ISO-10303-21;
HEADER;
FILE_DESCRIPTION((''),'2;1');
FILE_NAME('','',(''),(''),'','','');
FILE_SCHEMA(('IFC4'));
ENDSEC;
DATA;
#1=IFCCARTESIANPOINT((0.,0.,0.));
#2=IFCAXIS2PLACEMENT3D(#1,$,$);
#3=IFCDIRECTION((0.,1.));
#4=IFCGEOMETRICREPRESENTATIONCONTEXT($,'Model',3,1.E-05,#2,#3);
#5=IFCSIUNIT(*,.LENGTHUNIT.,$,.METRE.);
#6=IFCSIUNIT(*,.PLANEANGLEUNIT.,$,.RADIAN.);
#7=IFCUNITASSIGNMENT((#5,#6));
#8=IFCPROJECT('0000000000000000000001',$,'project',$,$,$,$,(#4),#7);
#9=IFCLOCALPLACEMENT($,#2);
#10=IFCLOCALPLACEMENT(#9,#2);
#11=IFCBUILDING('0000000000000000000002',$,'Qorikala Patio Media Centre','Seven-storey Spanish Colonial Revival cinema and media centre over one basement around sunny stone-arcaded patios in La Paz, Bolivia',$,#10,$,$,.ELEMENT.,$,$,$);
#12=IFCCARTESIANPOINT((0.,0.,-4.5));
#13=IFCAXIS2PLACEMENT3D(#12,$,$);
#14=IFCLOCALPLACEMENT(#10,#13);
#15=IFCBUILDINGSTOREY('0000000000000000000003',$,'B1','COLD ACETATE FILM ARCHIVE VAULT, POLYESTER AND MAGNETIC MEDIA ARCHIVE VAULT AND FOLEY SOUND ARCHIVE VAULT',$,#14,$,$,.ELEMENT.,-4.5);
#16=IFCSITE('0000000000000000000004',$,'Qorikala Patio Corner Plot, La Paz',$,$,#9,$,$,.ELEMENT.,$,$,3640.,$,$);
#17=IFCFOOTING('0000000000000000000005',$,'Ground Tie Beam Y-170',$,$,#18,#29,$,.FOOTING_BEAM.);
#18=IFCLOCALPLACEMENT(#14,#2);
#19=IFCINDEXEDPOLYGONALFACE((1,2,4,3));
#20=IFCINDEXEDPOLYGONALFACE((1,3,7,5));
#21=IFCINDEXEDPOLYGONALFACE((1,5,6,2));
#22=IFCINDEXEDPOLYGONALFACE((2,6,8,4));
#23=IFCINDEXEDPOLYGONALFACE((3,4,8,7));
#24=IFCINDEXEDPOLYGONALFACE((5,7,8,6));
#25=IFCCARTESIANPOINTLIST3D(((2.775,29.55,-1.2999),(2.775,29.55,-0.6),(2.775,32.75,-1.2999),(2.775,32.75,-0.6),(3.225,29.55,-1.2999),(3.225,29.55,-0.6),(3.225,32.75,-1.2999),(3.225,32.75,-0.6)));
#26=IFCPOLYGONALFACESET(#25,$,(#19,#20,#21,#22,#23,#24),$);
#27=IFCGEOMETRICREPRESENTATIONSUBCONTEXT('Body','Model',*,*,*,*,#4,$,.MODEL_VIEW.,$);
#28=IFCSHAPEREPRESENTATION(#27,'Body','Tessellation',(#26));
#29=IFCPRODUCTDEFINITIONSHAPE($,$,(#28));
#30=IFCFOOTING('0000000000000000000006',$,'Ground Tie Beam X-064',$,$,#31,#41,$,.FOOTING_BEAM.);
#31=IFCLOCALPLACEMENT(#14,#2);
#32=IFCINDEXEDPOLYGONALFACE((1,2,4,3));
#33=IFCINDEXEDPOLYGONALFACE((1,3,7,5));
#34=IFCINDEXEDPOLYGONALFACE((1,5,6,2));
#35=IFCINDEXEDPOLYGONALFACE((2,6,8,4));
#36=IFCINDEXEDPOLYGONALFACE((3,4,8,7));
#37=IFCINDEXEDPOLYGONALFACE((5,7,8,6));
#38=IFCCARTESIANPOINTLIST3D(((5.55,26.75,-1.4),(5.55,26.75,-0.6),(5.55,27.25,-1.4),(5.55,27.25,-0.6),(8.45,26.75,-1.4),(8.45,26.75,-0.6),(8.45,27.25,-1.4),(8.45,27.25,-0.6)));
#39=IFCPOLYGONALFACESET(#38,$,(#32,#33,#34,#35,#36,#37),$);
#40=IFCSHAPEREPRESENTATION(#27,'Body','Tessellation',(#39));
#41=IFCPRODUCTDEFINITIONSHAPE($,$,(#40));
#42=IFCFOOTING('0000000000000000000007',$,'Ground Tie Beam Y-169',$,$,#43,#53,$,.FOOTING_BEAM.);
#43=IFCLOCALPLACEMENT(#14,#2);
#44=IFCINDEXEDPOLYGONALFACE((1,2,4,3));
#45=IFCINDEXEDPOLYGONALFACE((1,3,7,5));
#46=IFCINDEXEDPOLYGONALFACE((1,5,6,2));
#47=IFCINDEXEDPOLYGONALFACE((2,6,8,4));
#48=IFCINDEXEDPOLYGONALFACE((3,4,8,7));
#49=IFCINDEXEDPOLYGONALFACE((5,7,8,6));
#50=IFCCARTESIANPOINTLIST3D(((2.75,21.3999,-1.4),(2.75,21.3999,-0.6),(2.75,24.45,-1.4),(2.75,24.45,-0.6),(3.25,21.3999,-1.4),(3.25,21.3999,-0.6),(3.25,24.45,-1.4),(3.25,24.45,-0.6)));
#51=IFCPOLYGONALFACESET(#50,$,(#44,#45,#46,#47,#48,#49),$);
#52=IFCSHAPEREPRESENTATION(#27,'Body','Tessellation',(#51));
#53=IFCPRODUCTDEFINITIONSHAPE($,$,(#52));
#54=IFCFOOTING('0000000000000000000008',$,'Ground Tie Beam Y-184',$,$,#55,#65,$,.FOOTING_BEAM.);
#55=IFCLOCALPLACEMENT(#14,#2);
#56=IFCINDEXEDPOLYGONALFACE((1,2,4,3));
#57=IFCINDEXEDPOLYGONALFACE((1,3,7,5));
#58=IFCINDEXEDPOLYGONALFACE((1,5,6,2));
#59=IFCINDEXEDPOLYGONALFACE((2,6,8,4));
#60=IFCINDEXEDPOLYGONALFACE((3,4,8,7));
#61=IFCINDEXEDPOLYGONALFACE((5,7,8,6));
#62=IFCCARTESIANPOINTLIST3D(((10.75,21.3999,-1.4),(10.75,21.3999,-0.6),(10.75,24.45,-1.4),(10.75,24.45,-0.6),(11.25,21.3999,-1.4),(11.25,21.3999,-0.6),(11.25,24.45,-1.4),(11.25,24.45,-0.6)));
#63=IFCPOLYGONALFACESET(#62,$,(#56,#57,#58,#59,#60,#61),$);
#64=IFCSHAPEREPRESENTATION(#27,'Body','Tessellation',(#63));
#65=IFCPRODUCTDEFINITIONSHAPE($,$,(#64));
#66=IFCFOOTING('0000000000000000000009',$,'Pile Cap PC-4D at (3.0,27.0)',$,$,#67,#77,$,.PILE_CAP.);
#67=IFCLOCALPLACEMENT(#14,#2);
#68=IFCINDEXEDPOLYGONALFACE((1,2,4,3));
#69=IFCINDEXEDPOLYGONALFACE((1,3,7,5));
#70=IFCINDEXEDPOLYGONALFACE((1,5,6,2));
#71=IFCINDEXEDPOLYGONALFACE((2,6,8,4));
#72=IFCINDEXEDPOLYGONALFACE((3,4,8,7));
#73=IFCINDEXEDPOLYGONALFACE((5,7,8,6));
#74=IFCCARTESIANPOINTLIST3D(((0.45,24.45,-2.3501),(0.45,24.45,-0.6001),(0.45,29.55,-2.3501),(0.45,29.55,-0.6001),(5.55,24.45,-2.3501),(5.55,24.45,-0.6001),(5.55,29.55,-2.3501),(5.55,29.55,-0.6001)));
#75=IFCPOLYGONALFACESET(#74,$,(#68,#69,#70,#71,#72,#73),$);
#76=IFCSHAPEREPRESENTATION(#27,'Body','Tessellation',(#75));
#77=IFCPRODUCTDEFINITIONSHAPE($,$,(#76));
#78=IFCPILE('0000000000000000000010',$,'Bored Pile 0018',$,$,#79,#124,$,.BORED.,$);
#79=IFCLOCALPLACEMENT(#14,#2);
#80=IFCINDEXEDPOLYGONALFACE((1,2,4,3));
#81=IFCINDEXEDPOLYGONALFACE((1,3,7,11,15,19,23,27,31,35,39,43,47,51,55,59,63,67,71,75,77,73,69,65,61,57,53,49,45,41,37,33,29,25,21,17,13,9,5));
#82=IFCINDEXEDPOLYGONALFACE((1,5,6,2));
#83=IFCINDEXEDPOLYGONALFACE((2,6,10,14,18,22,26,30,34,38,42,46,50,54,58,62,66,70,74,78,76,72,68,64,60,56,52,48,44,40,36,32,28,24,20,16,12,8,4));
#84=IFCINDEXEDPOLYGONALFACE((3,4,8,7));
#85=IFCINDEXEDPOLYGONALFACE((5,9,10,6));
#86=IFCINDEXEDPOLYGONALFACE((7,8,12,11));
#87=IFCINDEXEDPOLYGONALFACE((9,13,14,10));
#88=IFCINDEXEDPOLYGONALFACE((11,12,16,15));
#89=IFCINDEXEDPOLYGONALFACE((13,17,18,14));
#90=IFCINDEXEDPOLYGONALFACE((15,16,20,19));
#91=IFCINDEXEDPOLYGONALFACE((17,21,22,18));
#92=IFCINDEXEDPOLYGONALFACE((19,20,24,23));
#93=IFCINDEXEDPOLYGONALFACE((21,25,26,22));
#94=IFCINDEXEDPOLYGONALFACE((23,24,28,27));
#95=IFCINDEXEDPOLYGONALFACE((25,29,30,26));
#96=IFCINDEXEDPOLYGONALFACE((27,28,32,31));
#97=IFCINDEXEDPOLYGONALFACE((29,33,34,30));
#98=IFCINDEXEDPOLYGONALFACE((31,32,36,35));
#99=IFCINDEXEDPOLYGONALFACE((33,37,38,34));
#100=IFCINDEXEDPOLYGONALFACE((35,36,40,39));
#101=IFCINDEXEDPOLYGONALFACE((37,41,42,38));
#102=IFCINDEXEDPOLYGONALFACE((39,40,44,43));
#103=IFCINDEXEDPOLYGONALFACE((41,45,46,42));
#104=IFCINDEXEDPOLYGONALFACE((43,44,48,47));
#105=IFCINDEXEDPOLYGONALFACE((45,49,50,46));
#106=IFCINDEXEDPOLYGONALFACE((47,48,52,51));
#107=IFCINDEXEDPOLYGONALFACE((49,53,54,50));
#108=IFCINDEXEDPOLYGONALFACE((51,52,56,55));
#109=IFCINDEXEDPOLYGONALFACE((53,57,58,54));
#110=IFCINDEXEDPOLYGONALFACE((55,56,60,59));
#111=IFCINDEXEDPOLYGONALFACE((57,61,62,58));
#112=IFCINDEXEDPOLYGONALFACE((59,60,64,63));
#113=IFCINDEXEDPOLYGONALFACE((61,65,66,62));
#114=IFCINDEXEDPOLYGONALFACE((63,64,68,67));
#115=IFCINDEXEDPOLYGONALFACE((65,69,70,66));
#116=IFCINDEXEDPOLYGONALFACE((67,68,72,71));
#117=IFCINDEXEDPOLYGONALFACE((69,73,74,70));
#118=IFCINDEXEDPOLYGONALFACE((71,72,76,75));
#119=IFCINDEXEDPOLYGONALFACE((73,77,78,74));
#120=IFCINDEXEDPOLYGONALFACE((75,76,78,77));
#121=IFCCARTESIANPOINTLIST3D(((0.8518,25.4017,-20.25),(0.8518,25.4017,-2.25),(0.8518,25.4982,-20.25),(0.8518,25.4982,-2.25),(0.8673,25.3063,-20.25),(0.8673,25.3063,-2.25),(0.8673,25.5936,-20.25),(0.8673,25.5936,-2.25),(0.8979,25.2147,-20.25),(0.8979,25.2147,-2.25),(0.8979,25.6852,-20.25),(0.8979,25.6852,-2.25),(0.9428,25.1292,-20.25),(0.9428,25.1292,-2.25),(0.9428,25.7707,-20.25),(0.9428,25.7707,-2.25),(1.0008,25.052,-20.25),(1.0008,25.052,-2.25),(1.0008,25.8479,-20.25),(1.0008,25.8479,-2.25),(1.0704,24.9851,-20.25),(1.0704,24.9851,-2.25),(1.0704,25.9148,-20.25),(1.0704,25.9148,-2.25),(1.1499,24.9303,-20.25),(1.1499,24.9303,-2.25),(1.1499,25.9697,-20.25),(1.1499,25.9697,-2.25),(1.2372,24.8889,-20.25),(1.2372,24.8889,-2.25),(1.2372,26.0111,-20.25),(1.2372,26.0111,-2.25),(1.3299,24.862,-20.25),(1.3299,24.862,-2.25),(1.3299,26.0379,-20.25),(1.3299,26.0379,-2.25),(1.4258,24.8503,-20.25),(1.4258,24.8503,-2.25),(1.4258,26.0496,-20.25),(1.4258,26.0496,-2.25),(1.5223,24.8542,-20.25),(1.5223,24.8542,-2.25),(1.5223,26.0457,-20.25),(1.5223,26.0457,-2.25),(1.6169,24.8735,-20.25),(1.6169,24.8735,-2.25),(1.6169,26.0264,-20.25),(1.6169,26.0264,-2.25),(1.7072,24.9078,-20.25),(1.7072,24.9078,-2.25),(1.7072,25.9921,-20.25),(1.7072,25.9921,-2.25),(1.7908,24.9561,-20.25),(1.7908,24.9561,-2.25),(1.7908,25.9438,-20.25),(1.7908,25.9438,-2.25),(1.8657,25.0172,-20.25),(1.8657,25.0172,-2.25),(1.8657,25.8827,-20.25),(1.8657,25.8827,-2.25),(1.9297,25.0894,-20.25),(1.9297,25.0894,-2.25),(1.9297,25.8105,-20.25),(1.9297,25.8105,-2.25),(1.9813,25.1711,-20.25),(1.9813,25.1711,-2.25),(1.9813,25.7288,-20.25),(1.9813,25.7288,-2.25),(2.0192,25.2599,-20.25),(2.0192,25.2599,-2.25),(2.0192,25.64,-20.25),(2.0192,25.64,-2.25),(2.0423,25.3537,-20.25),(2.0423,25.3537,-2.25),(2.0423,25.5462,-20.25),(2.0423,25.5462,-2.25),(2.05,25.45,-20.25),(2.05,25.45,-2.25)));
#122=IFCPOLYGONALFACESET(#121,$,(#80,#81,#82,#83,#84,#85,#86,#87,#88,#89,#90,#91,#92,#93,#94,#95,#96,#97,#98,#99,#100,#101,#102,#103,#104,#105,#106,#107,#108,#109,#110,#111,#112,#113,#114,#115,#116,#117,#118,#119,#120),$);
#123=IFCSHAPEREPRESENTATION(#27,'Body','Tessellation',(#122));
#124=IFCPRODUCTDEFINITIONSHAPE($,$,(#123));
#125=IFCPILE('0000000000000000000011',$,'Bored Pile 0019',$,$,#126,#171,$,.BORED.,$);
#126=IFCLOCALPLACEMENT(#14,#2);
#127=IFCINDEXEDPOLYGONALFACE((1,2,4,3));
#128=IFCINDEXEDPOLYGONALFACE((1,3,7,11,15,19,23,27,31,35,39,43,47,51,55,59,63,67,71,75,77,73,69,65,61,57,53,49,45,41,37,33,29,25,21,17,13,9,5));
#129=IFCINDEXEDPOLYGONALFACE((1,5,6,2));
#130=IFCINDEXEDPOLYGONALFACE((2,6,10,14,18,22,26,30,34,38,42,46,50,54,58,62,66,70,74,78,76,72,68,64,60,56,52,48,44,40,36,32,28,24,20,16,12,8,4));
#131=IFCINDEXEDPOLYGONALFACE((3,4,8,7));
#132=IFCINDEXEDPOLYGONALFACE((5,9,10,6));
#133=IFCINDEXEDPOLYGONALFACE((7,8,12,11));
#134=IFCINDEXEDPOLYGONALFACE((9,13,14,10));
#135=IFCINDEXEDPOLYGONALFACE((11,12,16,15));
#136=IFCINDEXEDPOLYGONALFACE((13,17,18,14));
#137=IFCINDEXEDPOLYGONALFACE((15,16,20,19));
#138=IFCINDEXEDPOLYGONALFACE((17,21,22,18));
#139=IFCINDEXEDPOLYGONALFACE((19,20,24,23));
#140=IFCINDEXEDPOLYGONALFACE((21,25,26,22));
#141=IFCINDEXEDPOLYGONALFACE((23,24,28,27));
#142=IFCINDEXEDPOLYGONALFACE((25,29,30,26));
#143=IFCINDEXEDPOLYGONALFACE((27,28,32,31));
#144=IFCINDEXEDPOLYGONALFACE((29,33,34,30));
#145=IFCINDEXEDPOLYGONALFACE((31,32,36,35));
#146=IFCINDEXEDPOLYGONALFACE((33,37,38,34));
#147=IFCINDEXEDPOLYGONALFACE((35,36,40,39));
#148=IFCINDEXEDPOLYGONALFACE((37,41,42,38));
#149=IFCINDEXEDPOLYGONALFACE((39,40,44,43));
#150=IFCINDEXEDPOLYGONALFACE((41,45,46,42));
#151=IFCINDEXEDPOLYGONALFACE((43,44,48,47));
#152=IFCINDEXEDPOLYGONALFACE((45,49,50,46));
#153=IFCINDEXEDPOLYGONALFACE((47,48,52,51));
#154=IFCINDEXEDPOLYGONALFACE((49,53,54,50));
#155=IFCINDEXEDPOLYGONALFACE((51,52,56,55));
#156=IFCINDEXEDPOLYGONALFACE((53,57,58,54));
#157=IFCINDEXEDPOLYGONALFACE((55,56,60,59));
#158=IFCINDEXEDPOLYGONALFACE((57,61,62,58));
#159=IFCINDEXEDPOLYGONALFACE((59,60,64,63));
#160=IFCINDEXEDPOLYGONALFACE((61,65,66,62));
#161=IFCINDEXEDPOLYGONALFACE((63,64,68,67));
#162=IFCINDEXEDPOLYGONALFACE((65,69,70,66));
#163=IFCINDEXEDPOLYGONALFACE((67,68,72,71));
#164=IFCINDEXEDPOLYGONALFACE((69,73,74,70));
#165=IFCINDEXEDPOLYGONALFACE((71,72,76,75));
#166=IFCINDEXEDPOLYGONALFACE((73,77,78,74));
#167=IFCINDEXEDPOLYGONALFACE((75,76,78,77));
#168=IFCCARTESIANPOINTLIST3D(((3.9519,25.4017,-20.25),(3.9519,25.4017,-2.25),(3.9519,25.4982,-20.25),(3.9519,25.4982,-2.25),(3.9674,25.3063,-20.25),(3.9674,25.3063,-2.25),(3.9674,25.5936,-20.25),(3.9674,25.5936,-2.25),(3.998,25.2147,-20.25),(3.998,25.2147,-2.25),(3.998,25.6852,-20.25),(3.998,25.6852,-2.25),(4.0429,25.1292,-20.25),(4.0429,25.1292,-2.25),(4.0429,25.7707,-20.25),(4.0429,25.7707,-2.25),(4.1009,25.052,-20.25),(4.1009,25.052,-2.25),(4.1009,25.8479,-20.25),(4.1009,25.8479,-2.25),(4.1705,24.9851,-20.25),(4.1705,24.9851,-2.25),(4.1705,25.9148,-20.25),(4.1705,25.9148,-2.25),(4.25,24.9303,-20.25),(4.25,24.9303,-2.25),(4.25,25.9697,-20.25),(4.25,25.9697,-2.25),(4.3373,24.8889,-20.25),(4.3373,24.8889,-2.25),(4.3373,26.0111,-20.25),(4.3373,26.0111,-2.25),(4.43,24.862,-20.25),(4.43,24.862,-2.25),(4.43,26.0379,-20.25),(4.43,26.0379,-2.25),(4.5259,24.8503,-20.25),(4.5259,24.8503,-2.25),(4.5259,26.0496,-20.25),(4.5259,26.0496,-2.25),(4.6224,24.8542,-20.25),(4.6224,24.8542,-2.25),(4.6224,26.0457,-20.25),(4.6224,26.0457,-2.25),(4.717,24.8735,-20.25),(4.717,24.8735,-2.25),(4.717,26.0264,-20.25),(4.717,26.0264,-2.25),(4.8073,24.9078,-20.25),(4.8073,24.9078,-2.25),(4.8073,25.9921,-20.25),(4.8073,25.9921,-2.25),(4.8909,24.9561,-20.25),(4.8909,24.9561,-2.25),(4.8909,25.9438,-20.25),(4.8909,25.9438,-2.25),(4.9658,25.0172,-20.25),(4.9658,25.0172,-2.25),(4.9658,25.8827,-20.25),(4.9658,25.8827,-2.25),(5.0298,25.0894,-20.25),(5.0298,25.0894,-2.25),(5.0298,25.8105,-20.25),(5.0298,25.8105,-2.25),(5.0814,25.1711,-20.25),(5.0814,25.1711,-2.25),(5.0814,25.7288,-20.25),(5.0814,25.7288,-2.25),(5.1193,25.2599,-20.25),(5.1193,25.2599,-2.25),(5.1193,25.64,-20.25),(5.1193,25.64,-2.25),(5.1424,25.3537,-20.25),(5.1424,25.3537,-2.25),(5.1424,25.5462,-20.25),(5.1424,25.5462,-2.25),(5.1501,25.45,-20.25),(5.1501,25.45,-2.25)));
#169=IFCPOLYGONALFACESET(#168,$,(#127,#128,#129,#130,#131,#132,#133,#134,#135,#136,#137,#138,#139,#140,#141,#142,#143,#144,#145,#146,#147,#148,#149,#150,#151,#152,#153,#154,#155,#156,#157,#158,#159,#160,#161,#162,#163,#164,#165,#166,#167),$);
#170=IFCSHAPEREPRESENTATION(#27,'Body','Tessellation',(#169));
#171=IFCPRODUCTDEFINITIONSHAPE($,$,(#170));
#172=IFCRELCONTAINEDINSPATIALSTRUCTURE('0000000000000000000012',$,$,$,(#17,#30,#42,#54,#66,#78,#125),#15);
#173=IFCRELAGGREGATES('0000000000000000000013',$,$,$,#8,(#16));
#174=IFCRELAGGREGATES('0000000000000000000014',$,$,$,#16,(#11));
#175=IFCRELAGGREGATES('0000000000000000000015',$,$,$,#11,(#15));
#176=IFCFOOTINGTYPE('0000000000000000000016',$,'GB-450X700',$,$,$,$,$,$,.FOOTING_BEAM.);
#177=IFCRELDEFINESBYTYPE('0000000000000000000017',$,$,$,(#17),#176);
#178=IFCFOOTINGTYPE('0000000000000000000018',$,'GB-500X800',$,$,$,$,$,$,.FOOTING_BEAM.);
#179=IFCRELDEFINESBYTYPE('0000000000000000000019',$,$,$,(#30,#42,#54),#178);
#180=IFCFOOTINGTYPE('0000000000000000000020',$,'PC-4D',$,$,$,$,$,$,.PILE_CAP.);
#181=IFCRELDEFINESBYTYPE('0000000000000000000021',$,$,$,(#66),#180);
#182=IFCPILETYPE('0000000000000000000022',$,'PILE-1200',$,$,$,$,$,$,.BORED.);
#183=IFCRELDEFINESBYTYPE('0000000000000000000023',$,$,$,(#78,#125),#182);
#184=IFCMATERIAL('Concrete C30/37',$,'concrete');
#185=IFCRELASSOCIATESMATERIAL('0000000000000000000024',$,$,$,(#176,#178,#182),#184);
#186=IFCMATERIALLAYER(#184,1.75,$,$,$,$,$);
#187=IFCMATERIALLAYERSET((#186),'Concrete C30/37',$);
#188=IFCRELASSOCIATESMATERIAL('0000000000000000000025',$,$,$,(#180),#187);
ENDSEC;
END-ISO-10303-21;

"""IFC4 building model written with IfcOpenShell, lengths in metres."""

from ifc_helpers import new_model, si_unit, direction, frame, origin, origin_2d, place, context, subcontext, project, spatial, rectangle, circle, extrude, material, layer, layer_set, material_profile, profile_set, type_object, element, save


model = new_model("IFC4")

# Units and contexts
model_context = context("Model", 3, precision=1e-05, world=origin(), true_north=direction((0.0, 1.0)))
body_context = subcontext(model_context, "Body", "Model", "MODEL_VIEW")
ifc_project = project(units=[si_unit("LENGTHUNIT", "METRE"), si_unit("PLANEANGLEUNIT", "RADIAN")], contexts=[model_context])

# Site, building, storey
site_placement = place(None, origin())
site = spatial("IfcSite", under=ifc_project, at=site_placement, Name="Qorikala Patio Corner Plot, La Paz", CompositionType="ELEMENT", RefElevation=3640.0)
building_placement = place(site_placement, origin())
building = spatial("IfcBuilding", under=site, at=building_placement, Name="Qorikala Patio Media Centre", Description="Seven-storey Spanish Colonial Revival cinema and media centre over one basement around sunny stone-arcaded patios in La Paz, Bolivia", CompositionType="ELEMENT")
storey_placement = place(building_placement, frame((0.0, 0.0, -4.5)))
storey = spatial("IfcBuildingStorey", under=building, at=storey_placement, Name="B1", Description="COLD ACETATE FILM ARCHIVE VAULT, POLYESTER AND MAGNETIC MEDIA ARCHIVE VAULT AND FOLEY SOUND ARCHIVE VAULT", CompositionType="ELEMENT", Elevation=-4.5)

# Footings
ifc_material_1 = material(Name="Concrete C30/37", Category="concrete")
ifc_material_profile_1 = material_profile(ifc_material_1, rectangle(XDim=0.45, YDim=0.7, at=origin_2d()), Name="RC 450x700")
ifc_profile_set_1 = profile_set([ifc_material_profile_1], Name="Concrete C30/37")
footing_type_1 = type_object("IfcFootingType", Name="GB-450X700", PredefinedType="FOOTING_BEAM", material=ifc_profile_set_1)
footing_1_placement = place(storey_placement, frame((3.0, 29.55, -0.95), z_axis=(0.0, 1.0, 0.0), x_axis=(-1.0, 0.0, 0.0)))
element("IfcFooting", 1, at=footing_1_placement, inside=storey, type_object=footing_type_1, Name="Ground Tie Beam Y-170", PredefinedType="FOOTING_BEAM", context=body_context, shape_type="SweptSolid", body=[
    extrude(rectangle(XDim=0.45, YDim=0.7, at=origin_2d()), origin(), (0.0, 0.0, 1.0), 3.2),
])
ifc_material_profile_2 = material_profile(ifc_material_1, rectangle(XDim=0.5, YDim=0.8, at=origin_2d()), Name="RC 500x800")
ifc_profile_set_2 = profile_set([ifc_material_profile_2], Name="Concrete C30/37")
footing_type_2 = type_object("IfcFootingType", Name="GB-500X800", PredefinedType="FOOTING_BEAM", material=ifc_profile_set_2)
footing_2_placement = place(storey_placement, frame((5.55, 27.0, -1.0), z_axis=(1.0, 0.0, 0.0), x_axis=(0.0, 1.0, 0.0)))
element("IfcFooting", 2, at=footing_2_placement, inside=storey, type_object=footing_type_2, Name="Ground Tie Beam X-064", PredefinedType="FOOTING_BEAM", context=body_context, shape_type="SweptSolid", body=[
    extrude(rectangle(XDim=0.5, YDim=0.8, at=origin_2d()), origin(), (0.0, 0.0, 1.0), 2.8999),
])
for number, where, z_axis, x_axis, name in (
    (3, (3.0, 21.3999, -1.0), (0.0, 1.0, 0.0), (-1.0, 0.0, 0.0), "Ground Tie Beam Y-169"),
    (4, (11.0, 21.3999, -1.0), (0.0, 1.0, 0.0), (-1.0, 0.0, 0.0), "Ground Tie Beam Y-184"),
):
    element("IfcFooting", number, at=place(storey_placement, frame(where, z_axis=z_axis, x_axis=x_axis)), inside=storey, type_object=footing_type_2, Name=name, PredefinedType="FOOTING_BEAM", context=body_context, shape_type="SweptSolid", body=[
        extrude(rectangle(XDim=0.5, YDim=0.8, at=origin_2d()), origin(), (0.0, 0.0, 1.0), 3.05),
    ])
ifc_layer_1 = layer(ifc_material_1, 1.75)
ifc_layer_set_1 = layer_set([ifc_layer_1], Name="Concrete C30/37")
footing_type_3 = type_object("IfcFootingType", Name="PC-4D", PredefinedType="PILE_CAP", material=ifc_layer_set_1)
footing_3_placement = place(storey_placement, frame((3.0, 27.0, -2.3501), z_axis=(0.0, 0.0, 1.0), x_axis=(1.0, 0.0, 0.0)))
element("IfcFooting", 5, at=footing_3_placement, inside=storey, type_object=footing_type_3, Name="Pile Cap PC-4D at (3.0,27.0)", PredefinedType="PILE_CAP", context=body_context, shape_type="SweptSolid", body=[
    extrude(rectangle(XDim=5.1001, YDim=5.1001, at=origin_2d()), origin(), (0.0, 0.0, 1.0), 1.75),
])

# Piles
ifc_material_profile_3 = material_profile(ifc_material_1, circle(Radius=0.6001, at=origin_2d()), Name="BORED PILE 1200")
ifc_profile_set_3 = profile_set([ifc_material_profile_3], Name="Concrete C30/37")
pile_type_1 = type_object("IfcPileType", Name="PILE-1200", PredefinedType="BORED", material=ifc_profile_set_3)
for number, where, z_axis, x_axis, name in (
    (6, (1.45, 25.45, -2.25), (0.0, 0.0, -1.0), (1.0, 0.0, 0.0), "Bored Pile 0018"),
    (7, (4.55, 25.45, -2.25), (0.0, 0.0, -1.0), (1.0, 0.0, 0.0), "Bored Pile 0019"),
):
    element("IfcPile", number, at=place(storey_placement, frame(where, z_axis=z_axis, x_axis=x_axis)), inside=storey, type_object=pile_type_1, Name=name, PredefinedType="BORED", context=body_context, shape_type="SweptSolid", body=[
        extrude(circle(Radius=0.6001, at=origin_2d()), origin(), (0.0, 0.0, 1.0), 18.0),
    ])

save(model, "model.ifc")
